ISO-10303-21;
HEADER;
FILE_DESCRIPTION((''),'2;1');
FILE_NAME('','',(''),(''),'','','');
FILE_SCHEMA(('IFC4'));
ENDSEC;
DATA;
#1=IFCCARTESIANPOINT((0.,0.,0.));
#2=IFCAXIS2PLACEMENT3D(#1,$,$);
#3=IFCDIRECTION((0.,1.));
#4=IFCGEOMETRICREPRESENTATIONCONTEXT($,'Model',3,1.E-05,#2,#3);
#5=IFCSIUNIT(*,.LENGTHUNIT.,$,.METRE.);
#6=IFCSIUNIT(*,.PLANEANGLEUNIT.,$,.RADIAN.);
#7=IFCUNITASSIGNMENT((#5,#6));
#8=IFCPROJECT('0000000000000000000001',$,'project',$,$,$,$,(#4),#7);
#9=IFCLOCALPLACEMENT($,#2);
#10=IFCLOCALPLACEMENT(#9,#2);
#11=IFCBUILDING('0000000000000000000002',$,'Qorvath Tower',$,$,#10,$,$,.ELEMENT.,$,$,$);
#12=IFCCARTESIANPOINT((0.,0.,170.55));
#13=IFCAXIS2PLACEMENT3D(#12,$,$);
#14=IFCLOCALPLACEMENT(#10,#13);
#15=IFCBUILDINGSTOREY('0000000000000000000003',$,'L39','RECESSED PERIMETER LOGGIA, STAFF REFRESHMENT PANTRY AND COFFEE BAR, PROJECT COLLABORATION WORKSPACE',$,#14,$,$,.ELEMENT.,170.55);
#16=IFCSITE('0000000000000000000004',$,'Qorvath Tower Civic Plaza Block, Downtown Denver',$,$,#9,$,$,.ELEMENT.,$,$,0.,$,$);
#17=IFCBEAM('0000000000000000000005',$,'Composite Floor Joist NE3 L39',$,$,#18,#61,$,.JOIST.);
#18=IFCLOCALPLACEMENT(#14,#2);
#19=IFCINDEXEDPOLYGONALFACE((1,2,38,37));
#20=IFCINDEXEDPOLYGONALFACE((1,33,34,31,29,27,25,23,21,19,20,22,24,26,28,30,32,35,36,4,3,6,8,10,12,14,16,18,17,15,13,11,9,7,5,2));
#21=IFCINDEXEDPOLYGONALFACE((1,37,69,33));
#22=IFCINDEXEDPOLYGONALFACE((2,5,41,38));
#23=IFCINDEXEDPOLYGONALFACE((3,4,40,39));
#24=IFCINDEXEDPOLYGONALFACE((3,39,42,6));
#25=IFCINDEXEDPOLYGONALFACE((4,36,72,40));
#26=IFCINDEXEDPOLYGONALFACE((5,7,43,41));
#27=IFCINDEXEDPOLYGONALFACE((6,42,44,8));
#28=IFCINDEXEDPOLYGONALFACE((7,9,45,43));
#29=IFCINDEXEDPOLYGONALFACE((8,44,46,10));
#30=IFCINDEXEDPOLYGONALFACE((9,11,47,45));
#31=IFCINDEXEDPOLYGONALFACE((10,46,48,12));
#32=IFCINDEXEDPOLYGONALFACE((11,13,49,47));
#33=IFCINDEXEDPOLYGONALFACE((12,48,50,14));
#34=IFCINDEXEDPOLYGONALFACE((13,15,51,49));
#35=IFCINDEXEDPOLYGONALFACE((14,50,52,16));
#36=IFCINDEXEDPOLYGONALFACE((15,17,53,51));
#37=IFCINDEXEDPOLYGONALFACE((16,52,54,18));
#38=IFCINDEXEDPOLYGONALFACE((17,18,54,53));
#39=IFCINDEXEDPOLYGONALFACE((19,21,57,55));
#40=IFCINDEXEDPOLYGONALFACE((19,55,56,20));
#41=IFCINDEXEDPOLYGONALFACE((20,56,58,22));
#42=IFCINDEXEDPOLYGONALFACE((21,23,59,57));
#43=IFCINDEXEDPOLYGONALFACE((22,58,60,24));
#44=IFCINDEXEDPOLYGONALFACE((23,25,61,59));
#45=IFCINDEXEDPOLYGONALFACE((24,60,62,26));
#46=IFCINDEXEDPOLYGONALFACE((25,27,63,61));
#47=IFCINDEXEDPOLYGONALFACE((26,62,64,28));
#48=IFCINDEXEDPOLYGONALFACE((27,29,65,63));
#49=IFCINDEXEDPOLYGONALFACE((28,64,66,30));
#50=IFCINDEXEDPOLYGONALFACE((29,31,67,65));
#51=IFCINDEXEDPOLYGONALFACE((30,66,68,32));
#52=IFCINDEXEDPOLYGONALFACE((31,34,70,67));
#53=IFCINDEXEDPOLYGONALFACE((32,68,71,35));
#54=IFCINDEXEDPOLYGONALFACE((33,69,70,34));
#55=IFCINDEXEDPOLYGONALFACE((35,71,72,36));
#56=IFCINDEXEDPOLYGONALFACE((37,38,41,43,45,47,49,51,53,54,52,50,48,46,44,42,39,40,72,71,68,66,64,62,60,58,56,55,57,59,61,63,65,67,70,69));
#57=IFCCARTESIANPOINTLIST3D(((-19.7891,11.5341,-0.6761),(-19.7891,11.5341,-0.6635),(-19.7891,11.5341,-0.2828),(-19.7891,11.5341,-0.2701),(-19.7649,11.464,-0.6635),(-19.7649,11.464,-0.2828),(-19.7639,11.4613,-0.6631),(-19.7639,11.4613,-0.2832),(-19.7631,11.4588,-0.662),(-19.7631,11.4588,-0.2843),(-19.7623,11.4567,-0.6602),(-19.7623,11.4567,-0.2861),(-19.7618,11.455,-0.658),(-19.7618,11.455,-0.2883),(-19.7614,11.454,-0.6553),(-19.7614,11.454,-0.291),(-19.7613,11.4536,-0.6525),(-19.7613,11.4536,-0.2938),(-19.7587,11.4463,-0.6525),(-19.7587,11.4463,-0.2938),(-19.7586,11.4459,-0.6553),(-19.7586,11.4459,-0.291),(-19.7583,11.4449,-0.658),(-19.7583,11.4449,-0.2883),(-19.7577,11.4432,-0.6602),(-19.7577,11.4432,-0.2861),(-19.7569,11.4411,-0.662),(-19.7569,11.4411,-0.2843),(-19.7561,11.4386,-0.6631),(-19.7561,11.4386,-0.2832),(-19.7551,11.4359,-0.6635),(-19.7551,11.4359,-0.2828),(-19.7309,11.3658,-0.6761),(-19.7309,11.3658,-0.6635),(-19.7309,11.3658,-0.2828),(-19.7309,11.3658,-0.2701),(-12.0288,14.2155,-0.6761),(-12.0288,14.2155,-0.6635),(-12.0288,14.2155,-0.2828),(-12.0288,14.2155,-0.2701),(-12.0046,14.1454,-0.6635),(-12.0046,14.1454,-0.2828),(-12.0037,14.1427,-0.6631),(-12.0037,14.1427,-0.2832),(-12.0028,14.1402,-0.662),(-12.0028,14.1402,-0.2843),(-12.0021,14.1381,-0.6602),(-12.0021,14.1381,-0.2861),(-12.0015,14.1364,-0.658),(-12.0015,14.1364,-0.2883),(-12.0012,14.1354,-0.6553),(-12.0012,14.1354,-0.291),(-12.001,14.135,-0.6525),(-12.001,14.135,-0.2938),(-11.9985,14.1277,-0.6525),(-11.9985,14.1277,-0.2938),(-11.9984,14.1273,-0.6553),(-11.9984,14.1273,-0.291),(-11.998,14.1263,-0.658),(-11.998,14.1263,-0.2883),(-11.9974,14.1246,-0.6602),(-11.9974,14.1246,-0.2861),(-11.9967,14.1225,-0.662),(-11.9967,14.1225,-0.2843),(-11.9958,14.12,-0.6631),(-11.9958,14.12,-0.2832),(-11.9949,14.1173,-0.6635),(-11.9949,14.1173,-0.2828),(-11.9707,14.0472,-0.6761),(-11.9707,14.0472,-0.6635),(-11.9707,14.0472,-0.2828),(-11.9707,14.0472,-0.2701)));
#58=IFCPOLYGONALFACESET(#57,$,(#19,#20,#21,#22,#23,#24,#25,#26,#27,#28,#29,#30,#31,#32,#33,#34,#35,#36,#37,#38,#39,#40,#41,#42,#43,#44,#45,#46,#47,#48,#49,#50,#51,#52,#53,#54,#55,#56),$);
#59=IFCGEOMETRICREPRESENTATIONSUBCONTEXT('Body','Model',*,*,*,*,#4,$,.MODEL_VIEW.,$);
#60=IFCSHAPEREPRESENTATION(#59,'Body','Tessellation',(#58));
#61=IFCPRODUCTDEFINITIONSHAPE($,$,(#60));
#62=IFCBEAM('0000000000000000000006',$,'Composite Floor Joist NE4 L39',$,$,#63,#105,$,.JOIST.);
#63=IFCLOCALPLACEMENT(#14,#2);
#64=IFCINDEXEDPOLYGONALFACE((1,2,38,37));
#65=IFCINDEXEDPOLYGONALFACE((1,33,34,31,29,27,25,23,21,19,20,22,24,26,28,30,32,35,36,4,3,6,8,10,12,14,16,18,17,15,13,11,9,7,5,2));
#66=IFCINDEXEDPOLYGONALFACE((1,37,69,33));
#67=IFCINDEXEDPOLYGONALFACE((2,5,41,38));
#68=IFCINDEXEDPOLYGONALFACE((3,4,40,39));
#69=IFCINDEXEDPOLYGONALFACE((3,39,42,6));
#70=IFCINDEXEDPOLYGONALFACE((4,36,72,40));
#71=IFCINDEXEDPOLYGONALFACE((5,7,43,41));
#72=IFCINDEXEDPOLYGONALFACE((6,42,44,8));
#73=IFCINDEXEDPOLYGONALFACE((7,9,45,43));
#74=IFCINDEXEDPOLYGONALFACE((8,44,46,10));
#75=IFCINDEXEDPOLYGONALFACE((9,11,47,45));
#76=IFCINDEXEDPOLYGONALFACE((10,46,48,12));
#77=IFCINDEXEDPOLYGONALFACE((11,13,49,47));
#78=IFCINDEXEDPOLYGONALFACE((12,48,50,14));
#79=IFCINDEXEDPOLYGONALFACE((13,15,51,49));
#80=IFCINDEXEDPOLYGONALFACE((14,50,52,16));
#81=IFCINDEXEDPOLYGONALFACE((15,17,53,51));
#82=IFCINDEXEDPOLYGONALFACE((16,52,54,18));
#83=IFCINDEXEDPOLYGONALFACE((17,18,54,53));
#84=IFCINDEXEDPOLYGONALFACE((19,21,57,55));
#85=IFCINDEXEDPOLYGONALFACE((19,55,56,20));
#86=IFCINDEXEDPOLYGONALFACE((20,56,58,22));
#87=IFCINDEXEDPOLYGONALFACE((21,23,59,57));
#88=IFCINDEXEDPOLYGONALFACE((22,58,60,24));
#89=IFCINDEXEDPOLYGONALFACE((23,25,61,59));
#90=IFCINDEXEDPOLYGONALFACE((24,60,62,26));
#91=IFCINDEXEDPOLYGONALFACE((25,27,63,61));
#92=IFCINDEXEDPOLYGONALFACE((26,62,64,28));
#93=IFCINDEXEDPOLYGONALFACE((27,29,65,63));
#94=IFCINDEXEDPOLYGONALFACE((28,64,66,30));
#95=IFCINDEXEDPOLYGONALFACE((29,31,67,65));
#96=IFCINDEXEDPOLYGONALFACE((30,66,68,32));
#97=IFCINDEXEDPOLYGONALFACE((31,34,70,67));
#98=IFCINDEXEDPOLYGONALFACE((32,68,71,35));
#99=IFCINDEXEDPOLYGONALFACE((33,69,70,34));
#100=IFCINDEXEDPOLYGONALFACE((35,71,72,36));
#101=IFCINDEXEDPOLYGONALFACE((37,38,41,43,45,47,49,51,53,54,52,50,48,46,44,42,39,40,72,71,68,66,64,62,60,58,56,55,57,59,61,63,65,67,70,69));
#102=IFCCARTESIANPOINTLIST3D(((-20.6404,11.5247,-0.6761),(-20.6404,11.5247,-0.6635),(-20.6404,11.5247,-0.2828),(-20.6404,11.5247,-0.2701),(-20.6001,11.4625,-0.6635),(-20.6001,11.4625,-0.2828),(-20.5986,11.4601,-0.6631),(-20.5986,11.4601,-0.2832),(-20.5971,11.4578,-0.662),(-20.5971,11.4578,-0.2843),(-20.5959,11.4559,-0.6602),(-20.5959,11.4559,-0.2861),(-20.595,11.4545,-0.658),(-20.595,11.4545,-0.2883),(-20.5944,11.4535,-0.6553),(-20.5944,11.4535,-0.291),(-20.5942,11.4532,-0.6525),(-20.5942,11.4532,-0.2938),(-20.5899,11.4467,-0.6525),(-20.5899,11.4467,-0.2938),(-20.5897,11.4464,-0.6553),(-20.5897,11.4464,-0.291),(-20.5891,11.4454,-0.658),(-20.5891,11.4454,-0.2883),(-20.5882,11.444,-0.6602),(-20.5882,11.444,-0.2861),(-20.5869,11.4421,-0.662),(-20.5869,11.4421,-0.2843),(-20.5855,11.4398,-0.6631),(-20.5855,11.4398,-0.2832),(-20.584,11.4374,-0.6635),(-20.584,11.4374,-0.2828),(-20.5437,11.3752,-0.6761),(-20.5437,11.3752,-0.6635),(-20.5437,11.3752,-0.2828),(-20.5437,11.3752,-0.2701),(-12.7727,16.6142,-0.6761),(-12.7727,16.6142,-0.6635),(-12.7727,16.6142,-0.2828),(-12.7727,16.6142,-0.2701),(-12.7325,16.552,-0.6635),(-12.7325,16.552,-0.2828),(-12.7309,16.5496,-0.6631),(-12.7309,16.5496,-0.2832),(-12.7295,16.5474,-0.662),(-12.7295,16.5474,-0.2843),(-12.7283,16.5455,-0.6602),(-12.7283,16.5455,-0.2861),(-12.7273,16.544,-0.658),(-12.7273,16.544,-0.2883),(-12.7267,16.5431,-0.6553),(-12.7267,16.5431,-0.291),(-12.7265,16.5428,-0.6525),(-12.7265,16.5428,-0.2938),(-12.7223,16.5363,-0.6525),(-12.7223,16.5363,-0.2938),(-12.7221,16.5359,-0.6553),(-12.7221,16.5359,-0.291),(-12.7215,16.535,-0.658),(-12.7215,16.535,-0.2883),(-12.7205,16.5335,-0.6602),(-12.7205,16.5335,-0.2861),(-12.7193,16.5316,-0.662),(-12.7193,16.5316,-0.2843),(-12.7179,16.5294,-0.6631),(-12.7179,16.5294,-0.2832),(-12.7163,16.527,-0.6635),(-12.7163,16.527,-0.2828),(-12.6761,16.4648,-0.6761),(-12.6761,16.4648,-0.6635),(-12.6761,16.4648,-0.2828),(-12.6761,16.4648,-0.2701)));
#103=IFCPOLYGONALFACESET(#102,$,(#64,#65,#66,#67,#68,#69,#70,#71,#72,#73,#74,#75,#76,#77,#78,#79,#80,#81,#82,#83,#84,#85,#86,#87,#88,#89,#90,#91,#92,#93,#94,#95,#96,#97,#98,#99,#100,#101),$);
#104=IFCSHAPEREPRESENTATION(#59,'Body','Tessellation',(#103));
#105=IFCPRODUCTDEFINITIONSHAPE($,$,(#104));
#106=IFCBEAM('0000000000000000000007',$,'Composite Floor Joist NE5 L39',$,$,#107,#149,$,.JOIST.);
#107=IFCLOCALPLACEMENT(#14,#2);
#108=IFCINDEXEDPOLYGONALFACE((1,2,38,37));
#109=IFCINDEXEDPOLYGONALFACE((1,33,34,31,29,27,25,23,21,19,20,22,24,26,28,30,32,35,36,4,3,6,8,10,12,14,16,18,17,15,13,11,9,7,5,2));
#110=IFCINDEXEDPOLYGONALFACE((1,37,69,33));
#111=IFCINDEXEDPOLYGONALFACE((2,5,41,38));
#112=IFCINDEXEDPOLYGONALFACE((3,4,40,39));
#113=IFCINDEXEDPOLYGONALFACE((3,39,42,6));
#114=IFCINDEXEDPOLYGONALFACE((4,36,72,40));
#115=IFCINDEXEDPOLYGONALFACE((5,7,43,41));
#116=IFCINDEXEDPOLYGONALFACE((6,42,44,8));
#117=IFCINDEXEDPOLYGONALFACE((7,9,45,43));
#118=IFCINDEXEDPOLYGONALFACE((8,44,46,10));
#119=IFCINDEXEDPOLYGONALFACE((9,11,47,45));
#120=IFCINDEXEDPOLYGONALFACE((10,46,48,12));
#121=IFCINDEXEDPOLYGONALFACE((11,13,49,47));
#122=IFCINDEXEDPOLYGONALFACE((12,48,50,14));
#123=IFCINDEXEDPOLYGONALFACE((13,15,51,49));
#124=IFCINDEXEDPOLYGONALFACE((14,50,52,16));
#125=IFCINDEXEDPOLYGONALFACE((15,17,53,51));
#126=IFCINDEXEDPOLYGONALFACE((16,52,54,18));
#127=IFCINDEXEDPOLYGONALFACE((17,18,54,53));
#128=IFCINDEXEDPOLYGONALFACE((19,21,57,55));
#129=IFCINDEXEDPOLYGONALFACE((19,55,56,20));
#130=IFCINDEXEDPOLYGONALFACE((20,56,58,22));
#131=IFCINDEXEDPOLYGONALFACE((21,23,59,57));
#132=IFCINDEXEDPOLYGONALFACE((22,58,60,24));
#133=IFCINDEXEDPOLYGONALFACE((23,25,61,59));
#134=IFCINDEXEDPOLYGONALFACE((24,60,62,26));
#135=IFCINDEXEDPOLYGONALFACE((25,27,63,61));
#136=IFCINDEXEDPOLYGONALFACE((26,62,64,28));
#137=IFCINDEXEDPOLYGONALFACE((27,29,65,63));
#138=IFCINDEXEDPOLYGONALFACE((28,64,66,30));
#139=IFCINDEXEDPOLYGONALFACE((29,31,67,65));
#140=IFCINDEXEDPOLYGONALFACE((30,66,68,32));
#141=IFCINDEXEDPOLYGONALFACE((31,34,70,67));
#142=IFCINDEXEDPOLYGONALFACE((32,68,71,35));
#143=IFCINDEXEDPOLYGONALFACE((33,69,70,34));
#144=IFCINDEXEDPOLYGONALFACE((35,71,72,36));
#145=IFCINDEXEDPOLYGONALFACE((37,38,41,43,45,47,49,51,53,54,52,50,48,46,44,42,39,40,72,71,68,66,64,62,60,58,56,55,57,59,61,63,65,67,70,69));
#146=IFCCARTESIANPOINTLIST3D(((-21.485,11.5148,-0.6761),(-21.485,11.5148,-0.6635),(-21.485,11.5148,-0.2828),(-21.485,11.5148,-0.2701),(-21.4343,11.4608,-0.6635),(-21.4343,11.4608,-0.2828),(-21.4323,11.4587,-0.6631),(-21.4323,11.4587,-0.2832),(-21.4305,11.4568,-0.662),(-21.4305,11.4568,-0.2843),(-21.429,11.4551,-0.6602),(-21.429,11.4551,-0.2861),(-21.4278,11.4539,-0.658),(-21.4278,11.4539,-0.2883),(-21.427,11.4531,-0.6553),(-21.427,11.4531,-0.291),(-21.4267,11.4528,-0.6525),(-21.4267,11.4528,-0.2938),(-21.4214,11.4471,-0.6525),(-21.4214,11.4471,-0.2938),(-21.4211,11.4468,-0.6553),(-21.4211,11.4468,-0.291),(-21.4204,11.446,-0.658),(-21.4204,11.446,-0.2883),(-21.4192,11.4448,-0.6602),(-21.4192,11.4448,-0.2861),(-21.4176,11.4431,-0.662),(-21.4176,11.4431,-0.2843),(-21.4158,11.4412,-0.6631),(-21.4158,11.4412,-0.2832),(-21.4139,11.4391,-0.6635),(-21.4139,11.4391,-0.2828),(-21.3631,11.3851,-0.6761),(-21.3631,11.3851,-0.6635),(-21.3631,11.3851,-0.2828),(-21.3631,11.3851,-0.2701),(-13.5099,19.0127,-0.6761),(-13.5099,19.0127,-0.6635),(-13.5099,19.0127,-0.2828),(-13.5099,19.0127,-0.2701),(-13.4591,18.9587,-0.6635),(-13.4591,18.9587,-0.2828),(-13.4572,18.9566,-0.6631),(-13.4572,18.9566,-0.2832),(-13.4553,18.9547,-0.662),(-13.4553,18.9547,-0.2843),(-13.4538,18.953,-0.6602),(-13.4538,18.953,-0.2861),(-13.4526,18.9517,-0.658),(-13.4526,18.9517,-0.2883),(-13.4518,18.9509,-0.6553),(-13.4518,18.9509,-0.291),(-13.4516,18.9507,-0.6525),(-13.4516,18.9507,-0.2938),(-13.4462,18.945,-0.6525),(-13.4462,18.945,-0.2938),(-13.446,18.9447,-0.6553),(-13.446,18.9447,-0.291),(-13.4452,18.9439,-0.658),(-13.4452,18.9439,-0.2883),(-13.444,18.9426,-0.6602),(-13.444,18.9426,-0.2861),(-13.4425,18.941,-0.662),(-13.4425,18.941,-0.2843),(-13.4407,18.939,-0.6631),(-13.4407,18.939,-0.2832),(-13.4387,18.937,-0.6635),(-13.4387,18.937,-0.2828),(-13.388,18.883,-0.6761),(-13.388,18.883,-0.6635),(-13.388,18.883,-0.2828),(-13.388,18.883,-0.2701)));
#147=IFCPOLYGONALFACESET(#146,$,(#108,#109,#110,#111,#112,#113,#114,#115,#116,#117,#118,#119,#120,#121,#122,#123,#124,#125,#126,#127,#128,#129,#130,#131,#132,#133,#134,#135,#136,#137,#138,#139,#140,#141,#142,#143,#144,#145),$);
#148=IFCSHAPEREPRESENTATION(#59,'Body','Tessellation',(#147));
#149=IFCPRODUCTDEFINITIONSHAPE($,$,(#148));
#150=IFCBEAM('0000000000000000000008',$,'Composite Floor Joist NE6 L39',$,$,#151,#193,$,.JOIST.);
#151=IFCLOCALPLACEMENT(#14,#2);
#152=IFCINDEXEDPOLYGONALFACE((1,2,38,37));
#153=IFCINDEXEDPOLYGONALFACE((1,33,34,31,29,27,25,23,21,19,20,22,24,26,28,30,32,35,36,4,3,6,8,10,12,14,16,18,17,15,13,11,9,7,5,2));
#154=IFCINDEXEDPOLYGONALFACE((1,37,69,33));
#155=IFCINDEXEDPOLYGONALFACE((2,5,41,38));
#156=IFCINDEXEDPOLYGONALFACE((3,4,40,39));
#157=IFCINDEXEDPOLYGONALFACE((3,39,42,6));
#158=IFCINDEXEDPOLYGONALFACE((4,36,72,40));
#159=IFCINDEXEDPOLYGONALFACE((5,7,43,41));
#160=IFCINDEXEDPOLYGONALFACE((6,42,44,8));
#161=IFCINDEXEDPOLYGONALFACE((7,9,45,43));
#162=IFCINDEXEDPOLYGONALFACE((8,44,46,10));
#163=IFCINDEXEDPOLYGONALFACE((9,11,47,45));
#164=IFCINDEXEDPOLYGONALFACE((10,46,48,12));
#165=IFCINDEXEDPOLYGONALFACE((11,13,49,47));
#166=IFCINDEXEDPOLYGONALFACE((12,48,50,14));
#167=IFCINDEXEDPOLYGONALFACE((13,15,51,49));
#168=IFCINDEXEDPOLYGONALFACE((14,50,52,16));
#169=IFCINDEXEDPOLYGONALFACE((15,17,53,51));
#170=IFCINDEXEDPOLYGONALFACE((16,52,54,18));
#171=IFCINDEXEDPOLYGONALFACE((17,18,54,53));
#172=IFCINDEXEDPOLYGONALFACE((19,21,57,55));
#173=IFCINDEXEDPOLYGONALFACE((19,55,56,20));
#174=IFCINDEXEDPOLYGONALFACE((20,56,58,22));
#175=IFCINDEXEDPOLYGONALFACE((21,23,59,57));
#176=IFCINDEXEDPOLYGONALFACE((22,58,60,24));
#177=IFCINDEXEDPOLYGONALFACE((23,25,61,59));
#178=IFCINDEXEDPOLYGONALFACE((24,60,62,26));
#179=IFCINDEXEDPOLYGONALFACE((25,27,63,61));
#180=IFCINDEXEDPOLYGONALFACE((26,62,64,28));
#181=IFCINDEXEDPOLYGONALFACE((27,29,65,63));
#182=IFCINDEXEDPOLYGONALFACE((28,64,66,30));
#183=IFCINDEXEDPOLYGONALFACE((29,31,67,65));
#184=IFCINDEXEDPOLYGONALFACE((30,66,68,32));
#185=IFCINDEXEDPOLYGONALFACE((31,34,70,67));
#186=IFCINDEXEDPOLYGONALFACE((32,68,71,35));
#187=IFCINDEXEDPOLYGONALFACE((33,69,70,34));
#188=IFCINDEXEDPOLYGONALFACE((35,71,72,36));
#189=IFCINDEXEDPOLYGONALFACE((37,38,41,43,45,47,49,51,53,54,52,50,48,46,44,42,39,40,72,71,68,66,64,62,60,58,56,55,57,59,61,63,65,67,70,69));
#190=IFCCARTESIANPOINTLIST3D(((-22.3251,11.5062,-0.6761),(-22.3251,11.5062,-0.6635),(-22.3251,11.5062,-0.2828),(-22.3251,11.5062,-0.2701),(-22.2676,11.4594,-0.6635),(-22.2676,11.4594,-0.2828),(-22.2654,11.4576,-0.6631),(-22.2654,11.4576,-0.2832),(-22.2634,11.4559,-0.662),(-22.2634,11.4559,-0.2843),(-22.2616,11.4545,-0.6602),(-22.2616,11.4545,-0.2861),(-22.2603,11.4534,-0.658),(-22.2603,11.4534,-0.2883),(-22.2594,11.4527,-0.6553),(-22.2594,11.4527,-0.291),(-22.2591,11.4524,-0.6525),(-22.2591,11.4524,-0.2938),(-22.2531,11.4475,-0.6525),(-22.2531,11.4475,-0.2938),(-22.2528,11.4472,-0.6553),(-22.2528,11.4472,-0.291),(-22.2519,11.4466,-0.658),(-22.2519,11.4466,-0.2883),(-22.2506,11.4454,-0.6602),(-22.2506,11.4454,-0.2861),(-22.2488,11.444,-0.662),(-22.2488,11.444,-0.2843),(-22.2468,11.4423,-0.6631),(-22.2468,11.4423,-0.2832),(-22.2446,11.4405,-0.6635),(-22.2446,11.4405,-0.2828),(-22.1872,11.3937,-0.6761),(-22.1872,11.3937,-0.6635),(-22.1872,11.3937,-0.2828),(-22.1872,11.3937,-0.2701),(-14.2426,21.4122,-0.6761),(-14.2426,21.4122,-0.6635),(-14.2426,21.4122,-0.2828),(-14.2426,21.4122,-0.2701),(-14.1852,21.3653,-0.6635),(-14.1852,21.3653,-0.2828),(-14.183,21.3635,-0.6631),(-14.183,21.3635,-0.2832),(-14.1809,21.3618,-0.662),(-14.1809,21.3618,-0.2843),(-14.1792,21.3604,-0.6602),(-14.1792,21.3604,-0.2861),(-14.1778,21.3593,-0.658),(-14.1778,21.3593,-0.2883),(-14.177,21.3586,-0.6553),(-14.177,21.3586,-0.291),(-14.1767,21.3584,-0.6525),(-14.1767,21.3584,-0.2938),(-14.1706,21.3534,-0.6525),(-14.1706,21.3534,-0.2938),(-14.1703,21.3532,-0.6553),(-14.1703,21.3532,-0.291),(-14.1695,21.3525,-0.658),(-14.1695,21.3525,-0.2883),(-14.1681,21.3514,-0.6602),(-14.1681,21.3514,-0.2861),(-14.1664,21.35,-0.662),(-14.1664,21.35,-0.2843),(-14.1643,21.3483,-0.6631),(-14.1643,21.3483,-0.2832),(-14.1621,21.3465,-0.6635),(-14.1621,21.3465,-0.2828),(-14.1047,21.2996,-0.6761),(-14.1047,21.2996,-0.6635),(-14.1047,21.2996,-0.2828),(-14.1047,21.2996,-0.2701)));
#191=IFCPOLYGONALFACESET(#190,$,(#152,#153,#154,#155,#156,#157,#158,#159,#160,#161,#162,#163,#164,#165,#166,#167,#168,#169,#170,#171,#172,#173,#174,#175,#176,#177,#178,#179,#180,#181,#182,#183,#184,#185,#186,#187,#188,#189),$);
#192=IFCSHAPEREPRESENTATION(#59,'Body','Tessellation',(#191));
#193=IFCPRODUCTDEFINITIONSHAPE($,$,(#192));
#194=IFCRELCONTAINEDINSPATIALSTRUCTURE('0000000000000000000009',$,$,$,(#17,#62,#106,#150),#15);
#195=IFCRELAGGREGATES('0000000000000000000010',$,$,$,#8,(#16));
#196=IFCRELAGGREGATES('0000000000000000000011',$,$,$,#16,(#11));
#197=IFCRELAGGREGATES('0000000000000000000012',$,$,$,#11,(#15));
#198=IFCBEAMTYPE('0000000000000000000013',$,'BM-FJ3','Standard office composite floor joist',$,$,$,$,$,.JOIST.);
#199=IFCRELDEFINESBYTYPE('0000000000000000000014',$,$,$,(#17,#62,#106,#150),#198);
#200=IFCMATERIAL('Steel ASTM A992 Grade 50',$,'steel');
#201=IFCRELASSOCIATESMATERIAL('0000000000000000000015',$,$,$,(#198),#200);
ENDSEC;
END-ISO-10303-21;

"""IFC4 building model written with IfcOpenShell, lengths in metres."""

from ifc_helpers import new_model, si_unit, direction, frame, origin, origin_2d, place, context, subcontext, project, spatial, i_section, extrude, material, material_profile, profile_set, type_object, element, save


model = new_model("IFC4")

# Units and contexts
model_context = context("Model", 3, precision=1e-05, world=origin(), true_north=direction((0.0, 1.0)))
body_context = subcontext(model_context, "Body", "Model", "MODEL_VIEW")
ifc_project = project(units=[si_unit("LENGTHUNIT", "METRE"), si_unit("PLANEANGLEUNIT", "RADIAN")], contexts=[model_context])

# Site, building, storey
site_placement = place(None, origin())
site = spatial("IfcSite", under=ifc_project, at=site_placement, Name="Qorvath Tower Civic Plaza Block, Downtown Denver", CompositionType="ELEMENT", RefElevation=0.0)
building_placement = place(site_placement, origin())
building = spatial("IfcBuilding", under=site, at=building_placement, Name="Qorvath Tower", CompositionType="ELEMENT")
storey_placement = place(building_placement, frame((0.0, 0.0, 170.55)))
storey = spatial("IfcBuildingStorey", under=building, at=storey_placement, Name="L39", Description="RECESSED PERIMETER LOGGIA, STAFF REFRESHMENT PANTRY AND COFFEE BAR, PROJECT COLLABORATION WORKSPACE", CompositionType="ELEMENT", Elevation=170.55)

# Beams
ifc_material_1 = material(Name="Steel ASTM A992 Grade 50", Category="steel")
ifc_material_profile_1 = material_profile(ifc_material_1, i_section(OverallWidth=0.178, OverallDepth=0.406, WebThickness=0.0078, FlangeThickness=0.0127, FilletRadius=0.011, at=origin_2d()), Name="W16x40")
ifc_profile_set_1 = profile_set([ifc_material_profile_1], Name="Steel ASTM A992 Grade 50")
beam_type_1 = type_object("IfcBeamType", Name="BM-FJ3", Description="Standard office composite floor joist", PredefinedType="JOIST", material=ifc_profile_set_1)
beam_1_placement = place(storey_placement, frame((-19.76, 11.45, -0.4731), z_axis=(0.945168, 0.326584, 0.0), x_axis=(-0.326584, 0.945168, 0.0)))
element("IfcBeam", 1, at=beam_1_placement, inside=storey, type_object=beam_type_1, Name="Composite Floor Joist NE3 L39", PredefinedType="JOIST", context=body_context, shape_type="SweptSolid", body=[
    extrude(i_section(OverallWidth=0.178, OverallDepth=0.406, WebThickness=0.0078, FlangeThickness=0.0127, FilletRadius=0.011, at=origin_2d()), origin(), (0.0, 0.0, 1.0), 8.2104),
])
beam_2_placement = place(storey_placement, frame((-20.592, 11.45, -0.4731), z_axis=(0.839631, 0.543157, 0.0), x_axis=(-0.543157, 0.839631, 0.0)))
element("IfcBeam", 2, at=beam_2_placement, inside=storey, type_object=beam_type_1, Name="Composite Floor Joist NE4 L39", PredefinedType="JOIST", context=body_context, shape_type="SweptSolid", body=[
    extrude(i_section(OverallWidth=0.178, OverallDepth=0.406, WebThickness=0.0078, FlangeThickness=0.0127, FilletRadius=0.011, at=origin_2d()), origin(), (0.0, 0.0, 1.0), 9.3704),
])
beam_3_placement = place(storey_placement, frame((-21.4241, 11.45, -0.4731), z_axis=(0.728572, 0.684969, 0.0), x_axis=(-0.684969, 0.728572, 0.0)))
element("IfcBeam", 3, at=beam_3_placement, inside=storey, type_object=beam_type_1, Name="Composite Floor Joist NE5 L39", PredefinedType="JOIST", context=body_context, shape_type="SweptSolid", body=[
    extrude(i_section(OverallWidth=0.178, OverallDepth=0.406, WebThickness=0.0078, FlangeThickness=0.0127, FilletRadius=0.011, at=origin_2d()), origin(), (0.0, 0.0, 1.0), 10.9463),
])
beam_4_placement = place(storey_placement, frame((-22.2561, 11.45, -0.4731), z_axis=(0.632188, 0.774815, 0.0), x_axis=(-0.774815, 0.632188, 0.0)))
element("IfcBeam", 4, at=beam_4_placement, inside=storey, type_object=beam_type_1, Name="Composite Floor Joist NE6 L39", PredefinedType="JOIST", context=body_context, shape_type="SweptSolid", body=[
    extrude(i_section(OverallWidth=0.178, OverallDepth=0.406, WebThickness=0.0078, FlangeThickness=0.0127, FilletRadius=0.011, at=origin_2d()), origin(), (0.0, 0.0, 1.0), 12.7849),
])

save(model, "model.ifc")
